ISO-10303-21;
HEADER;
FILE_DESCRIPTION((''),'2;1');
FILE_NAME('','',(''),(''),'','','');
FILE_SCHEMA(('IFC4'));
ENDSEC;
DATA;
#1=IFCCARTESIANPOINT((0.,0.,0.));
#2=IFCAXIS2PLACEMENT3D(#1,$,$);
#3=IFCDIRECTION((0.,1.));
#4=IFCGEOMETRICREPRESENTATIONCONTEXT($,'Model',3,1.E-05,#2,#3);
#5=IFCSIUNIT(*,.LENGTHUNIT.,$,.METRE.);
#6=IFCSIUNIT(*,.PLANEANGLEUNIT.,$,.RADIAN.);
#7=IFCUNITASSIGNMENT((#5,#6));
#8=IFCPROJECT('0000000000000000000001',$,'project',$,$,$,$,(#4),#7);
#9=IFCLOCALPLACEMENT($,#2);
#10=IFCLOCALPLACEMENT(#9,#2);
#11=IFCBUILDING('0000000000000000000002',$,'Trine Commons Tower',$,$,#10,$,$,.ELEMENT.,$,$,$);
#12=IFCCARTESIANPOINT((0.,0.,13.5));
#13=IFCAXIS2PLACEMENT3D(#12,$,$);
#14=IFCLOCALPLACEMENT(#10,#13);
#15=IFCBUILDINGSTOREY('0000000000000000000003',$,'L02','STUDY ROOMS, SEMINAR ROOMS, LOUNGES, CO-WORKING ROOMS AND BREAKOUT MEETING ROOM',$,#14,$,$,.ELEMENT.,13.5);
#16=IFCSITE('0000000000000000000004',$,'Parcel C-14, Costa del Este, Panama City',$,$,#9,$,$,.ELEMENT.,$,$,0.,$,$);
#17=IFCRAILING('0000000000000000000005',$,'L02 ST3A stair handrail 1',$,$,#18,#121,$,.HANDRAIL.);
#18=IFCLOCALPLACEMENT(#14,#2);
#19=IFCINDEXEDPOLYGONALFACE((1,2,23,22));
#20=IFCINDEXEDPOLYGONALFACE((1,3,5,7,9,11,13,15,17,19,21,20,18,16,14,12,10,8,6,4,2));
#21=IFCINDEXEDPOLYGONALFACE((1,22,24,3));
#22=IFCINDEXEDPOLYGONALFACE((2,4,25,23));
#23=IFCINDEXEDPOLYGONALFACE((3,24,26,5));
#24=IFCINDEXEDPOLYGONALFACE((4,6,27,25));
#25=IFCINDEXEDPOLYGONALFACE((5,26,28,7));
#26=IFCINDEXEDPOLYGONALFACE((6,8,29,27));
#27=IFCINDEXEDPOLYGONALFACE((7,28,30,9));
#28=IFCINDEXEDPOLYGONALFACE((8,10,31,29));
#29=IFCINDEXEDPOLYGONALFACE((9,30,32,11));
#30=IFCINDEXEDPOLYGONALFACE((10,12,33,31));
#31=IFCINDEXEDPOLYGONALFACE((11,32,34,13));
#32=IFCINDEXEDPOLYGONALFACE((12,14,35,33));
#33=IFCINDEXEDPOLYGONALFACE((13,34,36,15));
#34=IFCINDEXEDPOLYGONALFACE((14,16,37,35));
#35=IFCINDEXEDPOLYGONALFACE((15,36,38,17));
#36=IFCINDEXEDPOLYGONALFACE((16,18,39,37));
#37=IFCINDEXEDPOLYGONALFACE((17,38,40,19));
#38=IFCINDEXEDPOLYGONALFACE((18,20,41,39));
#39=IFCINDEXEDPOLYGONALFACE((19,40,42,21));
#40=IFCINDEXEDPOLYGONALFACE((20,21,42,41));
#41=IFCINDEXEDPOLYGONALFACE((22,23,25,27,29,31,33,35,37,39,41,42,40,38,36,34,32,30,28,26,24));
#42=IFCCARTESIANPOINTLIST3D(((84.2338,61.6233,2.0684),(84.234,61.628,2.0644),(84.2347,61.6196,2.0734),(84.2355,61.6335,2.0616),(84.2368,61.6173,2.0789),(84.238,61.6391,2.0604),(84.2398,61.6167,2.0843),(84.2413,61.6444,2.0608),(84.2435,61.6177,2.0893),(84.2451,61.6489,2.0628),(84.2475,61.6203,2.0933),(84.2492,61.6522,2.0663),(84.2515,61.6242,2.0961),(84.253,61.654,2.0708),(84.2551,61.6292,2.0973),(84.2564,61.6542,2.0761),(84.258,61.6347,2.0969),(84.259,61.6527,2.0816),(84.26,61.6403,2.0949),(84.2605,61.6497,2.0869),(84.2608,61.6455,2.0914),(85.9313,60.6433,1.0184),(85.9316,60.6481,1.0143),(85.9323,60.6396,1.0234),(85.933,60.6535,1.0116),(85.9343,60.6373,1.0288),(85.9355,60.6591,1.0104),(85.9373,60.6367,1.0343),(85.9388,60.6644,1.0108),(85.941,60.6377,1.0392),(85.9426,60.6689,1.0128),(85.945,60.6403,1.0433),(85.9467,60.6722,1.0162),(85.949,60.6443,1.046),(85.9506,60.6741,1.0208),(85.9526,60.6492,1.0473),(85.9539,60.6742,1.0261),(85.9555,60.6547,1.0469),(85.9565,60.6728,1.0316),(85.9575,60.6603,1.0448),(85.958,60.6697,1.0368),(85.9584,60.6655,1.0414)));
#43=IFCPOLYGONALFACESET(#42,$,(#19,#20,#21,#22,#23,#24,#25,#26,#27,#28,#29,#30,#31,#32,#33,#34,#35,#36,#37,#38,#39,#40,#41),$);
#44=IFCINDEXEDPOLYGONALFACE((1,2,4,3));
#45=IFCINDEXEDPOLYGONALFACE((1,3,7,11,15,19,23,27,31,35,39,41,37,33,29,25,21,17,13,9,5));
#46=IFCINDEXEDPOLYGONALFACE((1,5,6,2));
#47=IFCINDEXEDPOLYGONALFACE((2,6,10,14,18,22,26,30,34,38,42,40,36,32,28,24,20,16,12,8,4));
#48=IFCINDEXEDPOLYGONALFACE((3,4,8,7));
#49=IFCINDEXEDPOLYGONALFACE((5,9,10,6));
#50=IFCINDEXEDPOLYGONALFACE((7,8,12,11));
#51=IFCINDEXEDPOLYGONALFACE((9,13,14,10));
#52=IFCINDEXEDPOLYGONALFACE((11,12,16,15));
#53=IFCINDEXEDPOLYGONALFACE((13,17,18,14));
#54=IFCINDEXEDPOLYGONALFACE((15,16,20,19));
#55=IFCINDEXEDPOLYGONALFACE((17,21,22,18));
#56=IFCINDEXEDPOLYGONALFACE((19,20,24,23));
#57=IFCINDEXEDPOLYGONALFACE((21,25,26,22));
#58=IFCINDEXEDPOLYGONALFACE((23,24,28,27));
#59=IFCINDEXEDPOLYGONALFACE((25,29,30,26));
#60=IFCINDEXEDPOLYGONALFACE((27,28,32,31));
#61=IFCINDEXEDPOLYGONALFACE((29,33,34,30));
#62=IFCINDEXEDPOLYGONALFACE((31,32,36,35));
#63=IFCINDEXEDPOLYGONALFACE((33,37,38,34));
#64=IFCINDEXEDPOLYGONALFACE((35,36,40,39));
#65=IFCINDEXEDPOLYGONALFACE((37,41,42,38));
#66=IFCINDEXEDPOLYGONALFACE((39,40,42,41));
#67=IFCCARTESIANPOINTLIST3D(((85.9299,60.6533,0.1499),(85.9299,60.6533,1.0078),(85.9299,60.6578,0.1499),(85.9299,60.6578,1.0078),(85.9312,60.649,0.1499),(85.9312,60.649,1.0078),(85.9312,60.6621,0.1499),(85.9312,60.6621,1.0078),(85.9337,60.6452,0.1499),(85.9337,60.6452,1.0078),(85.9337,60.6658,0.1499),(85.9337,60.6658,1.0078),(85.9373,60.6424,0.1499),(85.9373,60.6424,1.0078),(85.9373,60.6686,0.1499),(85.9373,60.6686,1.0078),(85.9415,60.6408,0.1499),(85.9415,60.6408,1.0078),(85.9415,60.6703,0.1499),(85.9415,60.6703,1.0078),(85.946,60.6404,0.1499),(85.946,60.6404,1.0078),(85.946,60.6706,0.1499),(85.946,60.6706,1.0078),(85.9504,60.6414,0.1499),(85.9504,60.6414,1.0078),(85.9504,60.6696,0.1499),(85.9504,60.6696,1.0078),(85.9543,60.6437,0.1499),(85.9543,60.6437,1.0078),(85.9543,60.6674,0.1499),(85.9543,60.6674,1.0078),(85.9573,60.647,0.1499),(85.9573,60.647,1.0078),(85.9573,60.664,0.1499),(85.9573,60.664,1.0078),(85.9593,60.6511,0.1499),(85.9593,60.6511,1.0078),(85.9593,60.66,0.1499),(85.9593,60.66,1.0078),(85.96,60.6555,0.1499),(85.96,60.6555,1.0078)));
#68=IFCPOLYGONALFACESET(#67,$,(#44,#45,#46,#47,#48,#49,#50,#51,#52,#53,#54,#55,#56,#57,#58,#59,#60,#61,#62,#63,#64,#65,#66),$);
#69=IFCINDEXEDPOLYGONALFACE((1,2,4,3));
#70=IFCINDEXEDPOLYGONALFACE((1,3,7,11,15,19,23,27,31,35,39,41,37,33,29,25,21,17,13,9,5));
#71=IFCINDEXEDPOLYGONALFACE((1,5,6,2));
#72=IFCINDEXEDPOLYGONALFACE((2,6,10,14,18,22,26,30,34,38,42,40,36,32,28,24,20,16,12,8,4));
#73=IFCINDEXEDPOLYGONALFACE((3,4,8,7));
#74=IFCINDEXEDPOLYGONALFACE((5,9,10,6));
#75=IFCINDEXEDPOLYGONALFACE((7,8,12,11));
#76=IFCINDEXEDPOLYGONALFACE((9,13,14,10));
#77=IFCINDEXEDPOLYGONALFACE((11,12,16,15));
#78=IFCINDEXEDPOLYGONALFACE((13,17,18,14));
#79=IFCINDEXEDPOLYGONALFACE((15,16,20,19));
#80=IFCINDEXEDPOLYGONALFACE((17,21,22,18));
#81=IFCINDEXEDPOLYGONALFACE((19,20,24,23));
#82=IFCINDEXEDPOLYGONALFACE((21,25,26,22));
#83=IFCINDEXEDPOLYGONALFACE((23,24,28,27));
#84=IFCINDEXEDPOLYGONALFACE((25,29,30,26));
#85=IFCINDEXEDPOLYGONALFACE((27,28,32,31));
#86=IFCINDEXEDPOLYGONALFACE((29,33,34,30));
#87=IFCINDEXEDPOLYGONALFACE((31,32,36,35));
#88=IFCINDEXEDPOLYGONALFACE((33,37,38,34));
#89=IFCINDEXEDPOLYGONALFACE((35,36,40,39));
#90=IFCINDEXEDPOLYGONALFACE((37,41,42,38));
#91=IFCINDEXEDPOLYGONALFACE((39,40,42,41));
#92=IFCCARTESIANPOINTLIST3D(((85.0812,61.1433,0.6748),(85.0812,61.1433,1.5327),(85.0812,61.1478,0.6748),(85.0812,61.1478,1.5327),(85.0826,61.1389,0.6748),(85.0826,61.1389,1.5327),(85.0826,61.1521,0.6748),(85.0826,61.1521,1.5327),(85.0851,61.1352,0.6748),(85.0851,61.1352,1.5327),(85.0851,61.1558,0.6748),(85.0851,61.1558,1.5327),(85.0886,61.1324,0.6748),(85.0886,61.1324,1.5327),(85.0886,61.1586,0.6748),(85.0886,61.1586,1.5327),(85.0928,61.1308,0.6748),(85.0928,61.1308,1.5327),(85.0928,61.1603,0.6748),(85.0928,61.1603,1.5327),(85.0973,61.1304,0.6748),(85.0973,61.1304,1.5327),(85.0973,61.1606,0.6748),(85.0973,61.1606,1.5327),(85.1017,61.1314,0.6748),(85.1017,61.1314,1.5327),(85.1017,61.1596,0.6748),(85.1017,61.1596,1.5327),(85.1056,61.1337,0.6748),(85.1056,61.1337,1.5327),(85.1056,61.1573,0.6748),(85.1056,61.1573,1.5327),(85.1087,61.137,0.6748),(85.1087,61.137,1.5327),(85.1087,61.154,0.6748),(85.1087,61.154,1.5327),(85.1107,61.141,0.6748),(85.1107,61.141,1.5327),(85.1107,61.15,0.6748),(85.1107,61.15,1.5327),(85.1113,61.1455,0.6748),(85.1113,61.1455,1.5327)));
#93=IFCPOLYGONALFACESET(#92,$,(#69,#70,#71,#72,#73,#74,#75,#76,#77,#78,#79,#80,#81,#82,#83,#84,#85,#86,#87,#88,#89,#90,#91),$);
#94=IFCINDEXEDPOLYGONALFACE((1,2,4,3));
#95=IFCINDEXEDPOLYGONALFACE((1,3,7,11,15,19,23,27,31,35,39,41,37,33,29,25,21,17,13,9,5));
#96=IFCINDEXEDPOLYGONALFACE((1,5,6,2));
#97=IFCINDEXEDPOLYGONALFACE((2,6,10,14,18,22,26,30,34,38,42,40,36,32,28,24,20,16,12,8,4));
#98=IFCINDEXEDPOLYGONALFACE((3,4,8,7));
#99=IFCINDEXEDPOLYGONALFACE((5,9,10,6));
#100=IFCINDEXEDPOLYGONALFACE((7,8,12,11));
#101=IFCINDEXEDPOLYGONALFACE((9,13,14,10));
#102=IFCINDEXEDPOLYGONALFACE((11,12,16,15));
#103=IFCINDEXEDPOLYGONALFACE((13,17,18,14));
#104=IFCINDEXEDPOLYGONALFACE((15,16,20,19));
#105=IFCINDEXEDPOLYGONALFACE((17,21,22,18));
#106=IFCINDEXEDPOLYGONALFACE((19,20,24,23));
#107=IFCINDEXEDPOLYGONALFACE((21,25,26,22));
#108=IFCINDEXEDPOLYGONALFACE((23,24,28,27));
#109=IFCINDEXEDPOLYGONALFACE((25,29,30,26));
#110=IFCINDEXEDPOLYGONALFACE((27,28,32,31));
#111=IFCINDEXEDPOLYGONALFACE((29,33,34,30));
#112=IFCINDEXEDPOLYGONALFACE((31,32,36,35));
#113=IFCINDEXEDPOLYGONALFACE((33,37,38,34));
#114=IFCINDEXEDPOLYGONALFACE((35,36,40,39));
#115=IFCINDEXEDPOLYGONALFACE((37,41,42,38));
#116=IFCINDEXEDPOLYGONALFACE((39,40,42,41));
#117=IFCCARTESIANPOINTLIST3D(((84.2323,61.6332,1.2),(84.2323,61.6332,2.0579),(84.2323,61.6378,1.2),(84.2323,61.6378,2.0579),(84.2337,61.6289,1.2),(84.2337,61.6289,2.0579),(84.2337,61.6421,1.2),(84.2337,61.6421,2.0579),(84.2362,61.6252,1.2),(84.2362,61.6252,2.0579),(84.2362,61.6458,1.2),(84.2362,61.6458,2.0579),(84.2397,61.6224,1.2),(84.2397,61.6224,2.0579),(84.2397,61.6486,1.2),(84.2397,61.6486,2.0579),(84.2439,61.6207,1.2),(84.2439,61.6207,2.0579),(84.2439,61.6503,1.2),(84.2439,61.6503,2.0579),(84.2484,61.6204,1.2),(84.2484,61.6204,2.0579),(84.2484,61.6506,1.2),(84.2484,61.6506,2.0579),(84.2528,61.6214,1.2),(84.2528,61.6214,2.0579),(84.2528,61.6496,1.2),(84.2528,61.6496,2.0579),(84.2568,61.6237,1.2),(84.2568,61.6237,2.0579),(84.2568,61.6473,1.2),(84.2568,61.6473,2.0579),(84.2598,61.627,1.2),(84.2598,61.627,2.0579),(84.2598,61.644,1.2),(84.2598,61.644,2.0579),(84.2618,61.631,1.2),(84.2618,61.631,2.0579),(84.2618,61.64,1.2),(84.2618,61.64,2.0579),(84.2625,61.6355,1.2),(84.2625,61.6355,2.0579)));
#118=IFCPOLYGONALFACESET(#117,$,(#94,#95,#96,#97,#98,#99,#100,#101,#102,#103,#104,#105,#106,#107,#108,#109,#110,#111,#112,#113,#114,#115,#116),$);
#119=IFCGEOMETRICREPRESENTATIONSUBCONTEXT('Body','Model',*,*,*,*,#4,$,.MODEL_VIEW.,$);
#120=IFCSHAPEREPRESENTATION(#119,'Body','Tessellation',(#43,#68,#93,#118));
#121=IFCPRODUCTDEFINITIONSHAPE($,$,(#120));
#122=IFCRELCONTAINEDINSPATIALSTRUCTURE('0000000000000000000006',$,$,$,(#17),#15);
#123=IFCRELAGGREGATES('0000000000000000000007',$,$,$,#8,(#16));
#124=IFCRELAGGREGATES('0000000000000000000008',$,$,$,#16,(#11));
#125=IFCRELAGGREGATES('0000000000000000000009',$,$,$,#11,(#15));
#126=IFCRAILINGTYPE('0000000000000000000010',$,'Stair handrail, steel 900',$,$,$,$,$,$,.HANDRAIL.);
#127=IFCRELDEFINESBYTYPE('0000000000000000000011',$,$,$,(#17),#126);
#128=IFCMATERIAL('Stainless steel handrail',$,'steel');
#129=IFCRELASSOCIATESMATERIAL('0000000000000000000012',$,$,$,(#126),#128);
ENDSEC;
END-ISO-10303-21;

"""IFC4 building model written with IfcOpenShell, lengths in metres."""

from ifc_helpers import new_model, si_unit, direction, frame, origin, origin_2d, place, context, subcontext, project, spatial, circle, extrude, material, type_object, element, save


model = new_model("IFC4")

# Units and contexts
model_context = context("Model", 3, precision=1e-05, world=origin(), true_north=direction((0.0, 1.0)))
body_context = subcontext(model_context, "Body", "Model", "MODEL_VIEW")
ifc_project = project(units=[si_unit("LENGTHUNIT", "METRE"), si_unit("PLANEANGLEUNIT", "RADIAN")], contexts=[model_context])

# Site, building, storey
site_placement = place(None, origin())
site = spatial("IfcSite", under=ifc_project, at=site_placement, Name="Parcel C-14, Costa del Este, Panama City", CompositionType="ELEMENT", RefElevation=0.0)
building_placement = place(site_placement, origin())
building = spatial("IfcBuilding", under=site, at=building_placement, Name="Trine Commons Tower", CompositionType="ELEMENT")
storey_placement = place(building_placement, frame((0.0, 0.0, 13.5)))
storey = spatial("IfcBuildingStorey", under=building, at=storey_placement, Name="L02", Description="STUDY ROOMS, SEMINAR ROOMS, LOUNGES, CO-WORKING ROOMS AND BREAKOUT MEETING ROOM", CompositionType="ELEMENT", Elevation=13.5)

# Railing
ifc_material_1 = material(Name="Stainless steel handrail", Category="steel")
railing_type_1 = type_object("IfcRailingType", Name="Stair handrail, steel 900", PredefinedType="HANDRAIL", material=ifc_material_1)
railing_1_placement = place(storey_placement, frame((85.9448, 60.6555, 0.1499)))
element("IfcRailing", 1, at=railing_1_placement, inside=storey, type_object=railing_type_1, Name="L02 ST3A stair handrail 1", PredefinedType="HANDRAIL", context=body_context, shape_type="SweptSolid", body=[
    extrude(circle(Radius=0.021, at=origin_2d()), frame((0.0, 0.0, 0.8789), z_axis=(-0.763398, 0.440713, 0.472224), x_axis=(-0.49997, -0.866042, 0.0)), (0.0, 0.0, 1.0), 2.2236),
    extrude(circle(Radius=0.0151, at=origin_2d()), origin(), (0.0, 0.0, 1.0), 0.8579),
    extrude(circle(Radius=0.0151, at=origin_2d()), frame((-0.8486, 0.49, 0.5249)), (0.0, 0.0, 1.0), 0.8579),
    extrude(circle(Radius=0.0151, at=origin_2d()), frame((-1.6975, 0.98, 1.05)), (0.0, 0.0, 1.0), 0.8579),
])

save(model, "model.ifc")
